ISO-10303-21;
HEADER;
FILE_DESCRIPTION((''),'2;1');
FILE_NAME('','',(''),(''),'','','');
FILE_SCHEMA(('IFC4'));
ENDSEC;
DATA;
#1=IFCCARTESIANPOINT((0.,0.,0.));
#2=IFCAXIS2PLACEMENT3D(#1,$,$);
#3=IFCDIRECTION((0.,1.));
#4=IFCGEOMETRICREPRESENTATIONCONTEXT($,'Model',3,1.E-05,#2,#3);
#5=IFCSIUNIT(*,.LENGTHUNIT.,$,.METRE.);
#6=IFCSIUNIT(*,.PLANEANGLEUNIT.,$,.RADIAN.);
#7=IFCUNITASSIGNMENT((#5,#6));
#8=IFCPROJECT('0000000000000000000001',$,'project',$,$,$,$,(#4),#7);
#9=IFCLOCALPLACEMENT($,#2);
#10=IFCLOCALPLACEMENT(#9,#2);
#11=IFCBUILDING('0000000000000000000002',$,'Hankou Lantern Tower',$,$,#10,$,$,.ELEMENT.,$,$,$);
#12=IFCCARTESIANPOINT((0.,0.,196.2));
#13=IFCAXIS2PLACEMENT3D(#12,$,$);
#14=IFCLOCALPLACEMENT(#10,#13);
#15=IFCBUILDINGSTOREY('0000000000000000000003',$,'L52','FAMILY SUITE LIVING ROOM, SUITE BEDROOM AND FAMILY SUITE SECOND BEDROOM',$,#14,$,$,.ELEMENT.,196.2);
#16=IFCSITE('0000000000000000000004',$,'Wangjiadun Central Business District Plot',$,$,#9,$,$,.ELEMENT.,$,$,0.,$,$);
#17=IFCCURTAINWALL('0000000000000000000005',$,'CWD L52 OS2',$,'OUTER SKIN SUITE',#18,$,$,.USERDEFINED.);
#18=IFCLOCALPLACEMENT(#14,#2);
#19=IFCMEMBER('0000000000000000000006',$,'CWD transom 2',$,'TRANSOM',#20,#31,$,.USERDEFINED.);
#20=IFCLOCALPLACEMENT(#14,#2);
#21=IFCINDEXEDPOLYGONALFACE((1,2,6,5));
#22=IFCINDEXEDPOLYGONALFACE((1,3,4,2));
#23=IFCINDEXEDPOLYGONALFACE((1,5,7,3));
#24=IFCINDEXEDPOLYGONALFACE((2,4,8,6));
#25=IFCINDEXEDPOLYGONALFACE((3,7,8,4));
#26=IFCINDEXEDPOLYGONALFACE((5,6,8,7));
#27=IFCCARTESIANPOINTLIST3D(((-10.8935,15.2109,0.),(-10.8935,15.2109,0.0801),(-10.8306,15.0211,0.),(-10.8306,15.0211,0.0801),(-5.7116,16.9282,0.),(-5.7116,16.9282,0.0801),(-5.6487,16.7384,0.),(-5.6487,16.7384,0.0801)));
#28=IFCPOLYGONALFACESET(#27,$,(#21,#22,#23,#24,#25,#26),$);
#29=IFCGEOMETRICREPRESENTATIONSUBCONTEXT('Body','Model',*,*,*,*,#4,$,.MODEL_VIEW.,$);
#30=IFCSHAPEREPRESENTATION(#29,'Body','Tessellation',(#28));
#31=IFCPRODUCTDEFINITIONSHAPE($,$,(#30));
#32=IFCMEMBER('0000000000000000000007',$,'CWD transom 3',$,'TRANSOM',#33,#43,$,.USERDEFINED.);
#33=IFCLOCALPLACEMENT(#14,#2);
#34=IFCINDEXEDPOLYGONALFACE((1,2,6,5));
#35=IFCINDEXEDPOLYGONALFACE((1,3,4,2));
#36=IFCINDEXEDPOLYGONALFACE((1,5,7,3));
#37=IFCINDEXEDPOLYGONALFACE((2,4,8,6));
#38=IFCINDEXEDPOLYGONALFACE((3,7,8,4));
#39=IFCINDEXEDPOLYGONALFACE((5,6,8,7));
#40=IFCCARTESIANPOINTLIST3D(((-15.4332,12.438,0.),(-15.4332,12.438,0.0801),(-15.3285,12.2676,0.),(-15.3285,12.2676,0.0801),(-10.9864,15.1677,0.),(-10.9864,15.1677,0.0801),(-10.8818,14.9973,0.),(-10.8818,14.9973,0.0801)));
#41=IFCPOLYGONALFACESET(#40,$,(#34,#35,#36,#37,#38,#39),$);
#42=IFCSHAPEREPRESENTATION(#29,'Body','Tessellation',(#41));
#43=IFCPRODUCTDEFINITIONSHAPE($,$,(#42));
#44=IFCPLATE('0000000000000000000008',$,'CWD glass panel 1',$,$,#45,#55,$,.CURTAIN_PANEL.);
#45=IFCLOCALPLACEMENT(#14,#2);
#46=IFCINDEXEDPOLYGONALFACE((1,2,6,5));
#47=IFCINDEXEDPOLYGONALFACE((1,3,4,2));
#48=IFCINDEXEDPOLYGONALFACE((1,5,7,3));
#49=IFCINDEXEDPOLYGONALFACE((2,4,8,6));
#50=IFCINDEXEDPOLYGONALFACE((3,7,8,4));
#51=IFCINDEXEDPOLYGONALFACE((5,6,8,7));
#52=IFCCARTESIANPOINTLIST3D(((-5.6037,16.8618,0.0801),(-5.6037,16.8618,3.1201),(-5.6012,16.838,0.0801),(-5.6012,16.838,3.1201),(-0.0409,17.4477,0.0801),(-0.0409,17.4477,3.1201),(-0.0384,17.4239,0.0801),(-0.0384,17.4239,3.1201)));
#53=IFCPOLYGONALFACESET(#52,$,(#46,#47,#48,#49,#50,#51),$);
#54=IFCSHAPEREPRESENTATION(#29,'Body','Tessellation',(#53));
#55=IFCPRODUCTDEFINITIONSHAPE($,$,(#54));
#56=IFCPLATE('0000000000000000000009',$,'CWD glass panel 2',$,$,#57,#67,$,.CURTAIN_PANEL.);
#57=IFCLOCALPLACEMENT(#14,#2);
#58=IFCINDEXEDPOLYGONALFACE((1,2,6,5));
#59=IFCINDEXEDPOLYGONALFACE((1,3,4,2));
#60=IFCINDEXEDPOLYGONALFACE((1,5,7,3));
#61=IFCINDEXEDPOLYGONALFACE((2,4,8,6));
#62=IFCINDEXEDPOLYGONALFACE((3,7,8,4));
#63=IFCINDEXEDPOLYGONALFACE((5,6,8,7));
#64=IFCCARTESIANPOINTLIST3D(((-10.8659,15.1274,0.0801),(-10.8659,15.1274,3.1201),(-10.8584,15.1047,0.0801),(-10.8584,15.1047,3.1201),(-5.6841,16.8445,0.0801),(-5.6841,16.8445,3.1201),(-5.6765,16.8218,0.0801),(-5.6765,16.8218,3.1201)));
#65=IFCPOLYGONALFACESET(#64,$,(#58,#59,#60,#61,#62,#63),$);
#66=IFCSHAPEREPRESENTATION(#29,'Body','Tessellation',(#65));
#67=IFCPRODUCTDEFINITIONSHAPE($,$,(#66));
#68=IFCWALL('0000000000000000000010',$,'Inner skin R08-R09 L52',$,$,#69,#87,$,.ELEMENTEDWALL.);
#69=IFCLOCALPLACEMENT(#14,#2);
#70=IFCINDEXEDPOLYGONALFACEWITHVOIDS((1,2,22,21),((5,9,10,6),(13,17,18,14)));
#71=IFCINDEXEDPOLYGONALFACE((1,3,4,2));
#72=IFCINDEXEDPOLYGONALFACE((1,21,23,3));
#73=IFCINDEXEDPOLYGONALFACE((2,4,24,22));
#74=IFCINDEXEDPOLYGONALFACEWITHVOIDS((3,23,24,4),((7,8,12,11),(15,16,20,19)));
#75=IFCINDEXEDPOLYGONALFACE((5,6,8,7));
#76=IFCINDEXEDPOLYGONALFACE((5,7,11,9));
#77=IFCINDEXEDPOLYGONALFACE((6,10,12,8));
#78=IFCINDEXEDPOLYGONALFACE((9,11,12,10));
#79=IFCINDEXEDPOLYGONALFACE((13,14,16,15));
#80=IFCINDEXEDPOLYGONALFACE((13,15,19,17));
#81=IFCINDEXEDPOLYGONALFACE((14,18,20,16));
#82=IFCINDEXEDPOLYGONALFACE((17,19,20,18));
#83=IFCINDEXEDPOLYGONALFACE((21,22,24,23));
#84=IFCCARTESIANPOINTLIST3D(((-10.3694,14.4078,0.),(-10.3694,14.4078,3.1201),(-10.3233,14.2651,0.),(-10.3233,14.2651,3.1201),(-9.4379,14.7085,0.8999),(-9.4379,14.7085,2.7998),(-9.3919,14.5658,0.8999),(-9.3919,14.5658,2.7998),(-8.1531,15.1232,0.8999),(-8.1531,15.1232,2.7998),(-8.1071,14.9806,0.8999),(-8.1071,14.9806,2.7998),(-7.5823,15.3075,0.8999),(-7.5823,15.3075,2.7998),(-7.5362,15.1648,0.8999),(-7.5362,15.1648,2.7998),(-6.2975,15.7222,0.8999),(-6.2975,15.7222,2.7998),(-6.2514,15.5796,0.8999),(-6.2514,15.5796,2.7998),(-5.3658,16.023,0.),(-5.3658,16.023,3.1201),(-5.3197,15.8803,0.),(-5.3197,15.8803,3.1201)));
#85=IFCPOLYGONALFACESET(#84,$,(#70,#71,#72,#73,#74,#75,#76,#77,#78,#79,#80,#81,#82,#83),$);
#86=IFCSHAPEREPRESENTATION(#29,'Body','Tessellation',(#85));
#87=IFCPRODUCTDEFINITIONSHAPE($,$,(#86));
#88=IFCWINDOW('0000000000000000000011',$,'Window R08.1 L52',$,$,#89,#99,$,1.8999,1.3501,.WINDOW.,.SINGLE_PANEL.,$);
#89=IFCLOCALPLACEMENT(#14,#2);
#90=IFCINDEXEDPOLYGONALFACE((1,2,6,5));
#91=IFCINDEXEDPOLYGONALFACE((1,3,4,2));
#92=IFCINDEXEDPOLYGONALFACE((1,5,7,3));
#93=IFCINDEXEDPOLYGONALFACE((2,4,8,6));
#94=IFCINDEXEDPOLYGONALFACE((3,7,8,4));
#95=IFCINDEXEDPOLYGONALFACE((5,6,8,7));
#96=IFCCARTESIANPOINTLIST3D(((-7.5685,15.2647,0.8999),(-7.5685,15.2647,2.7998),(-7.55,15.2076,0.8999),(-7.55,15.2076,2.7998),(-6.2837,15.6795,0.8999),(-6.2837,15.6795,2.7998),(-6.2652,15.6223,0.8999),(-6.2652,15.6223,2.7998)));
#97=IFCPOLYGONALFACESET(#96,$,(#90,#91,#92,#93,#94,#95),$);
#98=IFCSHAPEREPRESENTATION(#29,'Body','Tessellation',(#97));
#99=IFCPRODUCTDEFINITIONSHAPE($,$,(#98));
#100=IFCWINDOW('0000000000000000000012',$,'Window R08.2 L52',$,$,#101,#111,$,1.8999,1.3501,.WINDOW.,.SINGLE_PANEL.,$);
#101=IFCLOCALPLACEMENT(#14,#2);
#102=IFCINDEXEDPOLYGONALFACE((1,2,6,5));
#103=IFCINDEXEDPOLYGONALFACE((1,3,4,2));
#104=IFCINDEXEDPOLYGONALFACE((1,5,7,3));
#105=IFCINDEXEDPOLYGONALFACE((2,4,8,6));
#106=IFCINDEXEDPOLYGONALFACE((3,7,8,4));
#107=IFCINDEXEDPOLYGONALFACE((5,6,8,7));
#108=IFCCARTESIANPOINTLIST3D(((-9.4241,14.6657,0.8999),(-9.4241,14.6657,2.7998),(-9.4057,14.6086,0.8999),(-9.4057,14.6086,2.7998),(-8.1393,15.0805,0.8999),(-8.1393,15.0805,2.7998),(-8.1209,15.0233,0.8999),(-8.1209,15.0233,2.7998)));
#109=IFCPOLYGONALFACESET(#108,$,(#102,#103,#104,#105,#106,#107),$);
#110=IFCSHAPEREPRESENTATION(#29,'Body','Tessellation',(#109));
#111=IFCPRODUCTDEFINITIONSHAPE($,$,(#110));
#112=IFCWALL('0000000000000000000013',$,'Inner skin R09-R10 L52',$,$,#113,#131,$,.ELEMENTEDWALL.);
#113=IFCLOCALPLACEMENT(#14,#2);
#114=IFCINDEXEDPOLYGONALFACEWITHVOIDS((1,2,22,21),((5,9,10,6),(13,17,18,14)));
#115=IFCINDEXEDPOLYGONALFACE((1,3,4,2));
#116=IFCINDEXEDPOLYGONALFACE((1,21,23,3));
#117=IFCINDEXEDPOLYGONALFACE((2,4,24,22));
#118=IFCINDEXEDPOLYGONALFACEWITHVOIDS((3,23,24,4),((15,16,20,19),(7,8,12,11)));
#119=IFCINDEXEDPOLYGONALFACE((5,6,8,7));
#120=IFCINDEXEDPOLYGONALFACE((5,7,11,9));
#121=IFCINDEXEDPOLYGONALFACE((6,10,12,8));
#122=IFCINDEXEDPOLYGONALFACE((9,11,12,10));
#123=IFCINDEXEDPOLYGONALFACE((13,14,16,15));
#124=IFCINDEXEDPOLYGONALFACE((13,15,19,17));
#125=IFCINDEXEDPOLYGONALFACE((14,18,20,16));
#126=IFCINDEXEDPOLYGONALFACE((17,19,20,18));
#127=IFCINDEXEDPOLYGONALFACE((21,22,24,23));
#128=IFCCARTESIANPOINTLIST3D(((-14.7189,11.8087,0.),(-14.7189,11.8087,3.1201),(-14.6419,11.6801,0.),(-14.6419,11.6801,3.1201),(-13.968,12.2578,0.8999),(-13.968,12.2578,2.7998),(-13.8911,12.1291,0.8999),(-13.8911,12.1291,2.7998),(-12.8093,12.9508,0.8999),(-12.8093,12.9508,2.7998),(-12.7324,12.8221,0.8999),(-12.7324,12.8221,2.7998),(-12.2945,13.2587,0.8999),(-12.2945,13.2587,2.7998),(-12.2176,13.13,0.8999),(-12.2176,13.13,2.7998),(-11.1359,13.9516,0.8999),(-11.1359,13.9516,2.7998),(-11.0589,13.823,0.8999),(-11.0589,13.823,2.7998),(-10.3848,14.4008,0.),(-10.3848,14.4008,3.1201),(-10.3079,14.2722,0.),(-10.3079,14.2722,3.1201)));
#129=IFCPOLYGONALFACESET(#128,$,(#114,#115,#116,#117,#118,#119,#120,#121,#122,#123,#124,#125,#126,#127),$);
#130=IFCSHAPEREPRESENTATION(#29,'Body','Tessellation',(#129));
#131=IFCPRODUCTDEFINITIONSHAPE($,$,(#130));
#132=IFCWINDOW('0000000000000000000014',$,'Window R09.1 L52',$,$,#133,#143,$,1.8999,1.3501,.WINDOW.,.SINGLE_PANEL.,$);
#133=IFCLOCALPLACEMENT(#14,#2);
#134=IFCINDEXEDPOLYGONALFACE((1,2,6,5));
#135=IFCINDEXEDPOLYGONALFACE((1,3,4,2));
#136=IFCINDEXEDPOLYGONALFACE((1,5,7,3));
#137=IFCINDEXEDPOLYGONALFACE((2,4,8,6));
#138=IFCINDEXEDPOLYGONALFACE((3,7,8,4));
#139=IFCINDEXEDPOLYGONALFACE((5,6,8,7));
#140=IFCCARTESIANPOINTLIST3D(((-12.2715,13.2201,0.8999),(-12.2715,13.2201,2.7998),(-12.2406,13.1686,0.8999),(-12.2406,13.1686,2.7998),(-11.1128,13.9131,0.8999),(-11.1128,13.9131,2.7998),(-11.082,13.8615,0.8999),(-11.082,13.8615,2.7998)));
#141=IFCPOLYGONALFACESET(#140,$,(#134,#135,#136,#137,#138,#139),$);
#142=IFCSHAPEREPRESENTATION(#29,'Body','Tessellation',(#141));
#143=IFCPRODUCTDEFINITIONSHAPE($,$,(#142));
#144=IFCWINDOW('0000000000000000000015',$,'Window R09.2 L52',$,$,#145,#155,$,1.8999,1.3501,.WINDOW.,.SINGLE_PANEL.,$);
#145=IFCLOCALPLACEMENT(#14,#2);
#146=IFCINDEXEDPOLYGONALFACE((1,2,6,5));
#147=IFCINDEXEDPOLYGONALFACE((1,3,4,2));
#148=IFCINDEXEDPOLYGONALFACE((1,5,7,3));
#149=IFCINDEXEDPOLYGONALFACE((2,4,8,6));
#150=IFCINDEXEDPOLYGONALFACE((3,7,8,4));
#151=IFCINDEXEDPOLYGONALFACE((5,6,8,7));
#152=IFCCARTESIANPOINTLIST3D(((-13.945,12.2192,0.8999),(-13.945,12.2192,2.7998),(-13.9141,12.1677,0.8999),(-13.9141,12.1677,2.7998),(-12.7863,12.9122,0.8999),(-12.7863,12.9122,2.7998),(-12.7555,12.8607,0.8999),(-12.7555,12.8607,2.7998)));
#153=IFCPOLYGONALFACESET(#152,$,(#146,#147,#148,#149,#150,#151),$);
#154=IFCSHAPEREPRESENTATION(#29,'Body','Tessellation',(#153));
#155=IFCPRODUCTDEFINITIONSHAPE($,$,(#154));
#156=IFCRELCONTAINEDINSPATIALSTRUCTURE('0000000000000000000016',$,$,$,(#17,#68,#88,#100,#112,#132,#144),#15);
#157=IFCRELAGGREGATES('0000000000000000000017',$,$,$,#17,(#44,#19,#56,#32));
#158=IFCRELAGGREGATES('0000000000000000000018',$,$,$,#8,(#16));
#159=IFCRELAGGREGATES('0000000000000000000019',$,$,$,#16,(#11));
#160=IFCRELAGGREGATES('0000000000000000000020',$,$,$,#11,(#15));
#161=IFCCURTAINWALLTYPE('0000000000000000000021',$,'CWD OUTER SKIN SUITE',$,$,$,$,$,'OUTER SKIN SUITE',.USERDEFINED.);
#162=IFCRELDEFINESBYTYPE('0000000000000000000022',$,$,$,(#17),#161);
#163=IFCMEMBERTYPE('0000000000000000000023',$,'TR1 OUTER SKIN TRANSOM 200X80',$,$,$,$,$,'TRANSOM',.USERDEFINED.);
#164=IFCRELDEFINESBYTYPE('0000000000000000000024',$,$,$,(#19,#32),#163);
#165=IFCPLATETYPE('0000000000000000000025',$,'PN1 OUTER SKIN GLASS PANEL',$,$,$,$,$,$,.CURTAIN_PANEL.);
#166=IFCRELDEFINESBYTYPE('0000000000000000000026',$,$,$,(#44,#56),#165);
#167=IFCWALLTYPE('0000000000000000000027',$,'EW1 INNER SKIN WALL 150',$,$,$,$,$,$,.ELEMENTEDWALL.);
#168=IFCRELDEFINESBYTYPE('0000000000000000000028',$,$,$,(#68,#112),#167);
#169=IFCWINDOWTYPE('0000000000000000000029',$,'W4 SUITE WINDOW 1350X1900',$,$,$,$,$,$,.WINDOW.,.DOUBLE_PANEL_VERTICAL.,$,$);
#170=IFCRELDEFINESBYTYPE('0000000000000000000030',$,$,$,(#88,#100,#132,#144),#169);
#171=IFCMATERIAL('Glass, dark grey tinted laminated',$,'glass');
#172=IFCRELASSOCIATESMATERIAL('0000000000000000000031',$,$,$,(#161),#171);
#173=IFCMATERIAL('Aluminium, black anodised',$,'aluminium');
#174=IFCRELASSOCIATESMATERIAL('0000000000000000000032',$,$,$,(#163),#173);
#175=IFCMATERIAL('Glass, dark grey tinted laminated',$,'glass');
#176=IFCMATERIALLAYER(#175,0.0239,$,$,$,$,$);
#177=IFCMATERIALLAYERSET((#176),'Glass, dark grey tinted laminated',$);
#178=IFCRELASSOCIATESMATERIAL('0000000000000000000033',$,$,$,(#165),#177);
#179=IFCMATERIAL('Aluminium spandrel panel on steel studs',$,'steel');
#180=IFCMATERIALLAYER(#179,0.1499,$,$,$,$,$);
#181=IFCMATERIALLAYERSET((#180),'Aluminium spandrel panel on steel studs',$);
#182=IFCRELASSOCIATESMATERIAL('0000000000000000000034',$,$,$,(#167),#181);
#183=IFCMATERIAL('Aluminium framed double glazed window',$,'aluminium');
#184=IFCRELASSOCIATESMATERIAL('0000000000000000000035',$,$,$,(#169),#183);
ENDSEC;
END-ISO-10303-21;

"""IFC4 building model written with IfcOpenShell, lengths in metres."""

from ifc_helpers import new_model, si_unit, direction, frame, frame_2d, origin, origin_2d, place, context, subcontext, project, spatial, rectangle, extrude, material, layer, layer_set, material_profile, profile_set, type_object, element, fill, aggregate, save


model = new_model("IFC4")

# Units and contexts
model_context = context("Model", 3, precision=1e-05, world=origin(), true_north=direction((0.0, 1.0)))
body_context = subcontext(model_context, "Body", "Model", "MODEL_VIEW")
ifc_project = project(units=[si_unit("LENGTHUNIT", "METRE"), si_unit("PLANEANGLEUNIT", "RADIAN")], contexts=[model_context])

# Site, building, storey
site_placement = place(None, origin())
site = spatial("IfcSite", under=ifc_project, at=site_placement, Name="Wangjiadun Central Business District Plot", CompositionType="ELEMENT", RefElevation=0.0)
building_placement = place(site_placement, origin())
building = spatial("IfcBuilding", under=site, at=building_placement, Name="Hankou Lantern Tower", CompositionType="ELEMENT")
storey_placement = place(building_placement, frame((0.0, 0.0, 196.2)))
storey = spatial("IfcBuildingStorey", under=building, at=storey_placement, Name="L52", Description="FAMILY SUITE LIVING ROOM, SUITE BEDROOM AND FAMILY SUITE SECOND BEDROOM", CompositionType="ELEMENT", Elevation=196.2)

# Curtain wall
ifc_material_1 = material(Name="Glass, dark grey tinted laminated", Category="glass")
curtain_wall_type = type_object("IfcCurtainWallType", Name="CWD OUTER SKIN SUITE", ElementType="OUTER SKIN SUITE", PredefinedType="USERDEFINED", material=ifc_material_1)
curtain_wall_placement = place(storey_placement, origin())
curtain_wall = element("IfcCurtainWall", 1, at=curtain_wall_placement, inside=storey, type_object=curtain_wall_type, Name="CWD L52 OS2", ObjectType="OUTER SKIN SUITE", PredefinedType="USERDEFINED")

# Members
ifc_material_2 = material(Name="Aluminium, black anodised", Category="aluminium")
ifc_material_profile_1 = material_profile(ifc_material_2, rectangle(XDim=0.2, YDim=0.0801, at=origin_2d()), Name="TR1 200X80")
ifc_profile_set_1 = profile_set([ifc_material_profile_1], Name="Aluminium, black anodised")
member_type_1 = type_object("IfcMemberType", Name="TR1 OUTER SKIN TRANSOM 200X80", ElementType="TRANSOM", PredefinedType="USERDEFINED", material=ifc_profile_set_1)
member_1_placement = place(storey_placement, frame((-5.6802, 16.8333, 0.04), z_axis=(-0.949232, -0.314577, 0.0), x_axis=(0.314577, -0.949232, 0.0)))
member_1 = element("IfcMember", 2, at=member_1_placement, type_object=member_type_1, Name="CWD transom 2", ObjectType="TRANSOM", PredefinedType="USERDEFINED", context=body_context, shape_type="SweptSolid", body=[
    extrude(rectangle(XDim=0.2, YDim=0.0801, at=origin_2d()), origin(), (0.0, 0.0, 1.0), 5.459),
])
member_2_placement = place(storey_placement, frame((-10.9341, 15.0825, 0.04), z_axis=(-0.852235, -0.52316, 0.0), x_axis=(0.52316, -0.852235, 0.0)))
member_2 = element("IfcMember", 3, at=member_2_placement, type_object=member_type_1, Name="CWD transom 3", ObjectType="TRANSOM", PredefinedType="USERDEFINED", context=body_context, shape_type="SweptSolid", body=[
    extrude(rectangle(XDim=0.2, YDim=0.0801, at=origin_2d()), origin(), (0.0, 0.0, 1.0), 5.2178),
])

# Plates
ifc_material_3 = material(Name="Glass, dark grey tinted laminated", Category="glass")
ifc_layer_1 = layer(ifc_material_3, 0.0239)
ifc_layer_set_1 = layer_set([ifc_layer_1], Name="Glass, dark grey tinted laminated")
plate_type = type_object("IfcPlateType", Name="PN1 OUTER SKIN GLASS PANEL", PredefinedType="CURTAIN_PANEL", material=ifc_layer_set_1)
plate_1_placement = place(storey_placement, frame((-2.821, 17.1428, 0.0801), z_axis=(0.0, 0.0, 1.0), x_axis=(-0.994499, -0.104743, 0.0)))
plate_1 = element("IfcPlate", 4, at=plate_1_placement, type_object=plate_type, Name="CWD glass panel 1", PredefinedType="CURTAIN_PANEL", context=body_context, shape_type="SweptSolid", body=[
    extrude(rectangle(XDim=5.5935, YDim=0.0239, at=origin_2d()), origin(), (0.0, 0.0, 1.0), 3.04),
])
plate_2_placement = place(storey_placement, frame((-8.2712, 15.9746, 0.0801), z_axis=(0.0, 0.0, 1.0), x_axis=(-0.949241, -0.314551, 0.0)))
plate_2 = element("IfcPlate", 5, at=plate_2_placement, type_object=plate_type, Name="CWD glass panel 2", PredefinedType="CURTAIN_PANEL", context=body_context, shape_type="SweptSolid", body=[
    extrude(rectangle(XDim=5.459, YDim=0.0239, at=origin_2d()), origin(), (0.0, 0.0, 1.0), 3.04),
])
aggregate(curtain_wall, [plate_1, member_1, plate_2, member_2])

# Walls, openings, windows
ifc_material_4 = material(Name="Aluminium spandrel panel on steel studs", Category="steel")
ifc_layer_2 = layer(ifc_material_4, 0.1499)
ifc_layer_set_2 = layer_set([ifc_layer_2], Name="Aluminium spandrel panel on steel studs")
wall_type_1 = type_object("IfcWallType", Name="EW1 INNER SKIN WALL 150", PredefinedType="ELEMENTEDWALL", material=ifc_layer_set_2)
wall_1_placement = place(storey_placement, frame((-5.3428, 15.9517, 0.0), z_axis=(0.0, 0.0, 1.0), x_axis=(-0.951645, -0.307201, 0.0)))
wall_1 = element("IfcWall", 6, at=wall_1_placement, inside=storey, type_object=wall_type_1, Name="Inner skin R08-R09 L52", PredefinedType="ELEMENTEDWALL", context=body_context, shape_type="SweptSolid", body=[
    extrude(rectangle(XDim=5.2578, YDim=0.1499, at=frame_2d((2.6289, 0.0))), origin(), (0.0, 0.0, 1.0), 3.1201),
])
opening_1_placement = place(wall_1_placement, frame((0.979, 0.0, 0.8999)))
opening_1 = element("IfcOpeningElement", 7, at=opening_1_placement, cuts=wall_1, PredefinedType="OPENING", context=body_context, shape_type="SweptSolid", body=[
    extrude(rectangle(XDim=1.3501, YDim=1.8999, at=frame_2d((0.675, 0.95))), frame((0.0, 0.085, 0.0), z_axis=(0.0, -1.0, 0.0), x_axis=(1.0, 0.0, 0.0)), (0.0, 0.0, 1.0), 0.1699),
])
opening_2_placement = place(wall_1_placement, frame((2.929, 0.0, 0.8999)))
opening_2 = element("IfcOpeningElement", 8, at=opening_2_placement, cuts=wall_1, PredefinedType="OPENING", context=body_context, shape_type="SweptSolid", body=[
    extrude(rectangle(XDim=1.3501, YDim=1.8999, at=frame_2d((0.675, 0.95))), frame((0.0, 0.085, 0.0), z_axis=(0.0, -1.0, 0.0), x_axis=(1.0, 0.0, 0.0)), (0.0, 0.0, 1.0), 0.1699),
])
ifc_material_5 = material(Name="Aluminium framed double glazed window", Category="aluminium")
window_type = type_object("IfcWindowType", Name="W4 SUITE WINDOW 1350X1900", PartitioningType="DOUBLE_PANEL_VERTICAL", PredefinedType="WINDOW", material=ifc_material_5)
window_1_placement = place(opening_1_placement, origin())
window_1 = element("IfcWindow", 9, at=window_1_placement, inside=storey, type_object=window_type, Name="Window R08.1 L52", OverallHeight=1.8999, OverallWidth=1.3501, PartitioningType="SINGLE_PANEL", PredefinedType="WINDOW", context=body_context, shape_type="SweptSolid", body=[
    extrude(rectangle(XDim=1.3501, YDim=1.8999, at=frame_2d((0.675, 0.95))), frame((0.0, 0.03, 0.0), z_axis=(0.0, -1.0, 0.0), x_axis=(1.0, 0.0, 0.0)), (0.0, 0.0, 1.0), 0.0601),
])
fill(opening_1, window_1)
window_2_placement = place(opening_2_placement, origin())
window_2 = element("IfcWindow", 10, at=window_2_placement, inside=storey, type_object=window_type, Name="Window R08.2 L52", OverallHeight=1.8999, OverallWidth=1.3501, PartitioningType="SINGLE_PANEL", PredefinedType="WINDOW", context=body_context, shape_type="SweptSolid", body=[
    extrude(rectangle(XDim=1.3501, YDim=1.8999, at=frame_2d((0.675, 0.95))), frame((0.0, 0.03, 0.0), z_axis=(0.0, -1.0, 0.0), x_axis=(1.0, 0.0, 0.0)), (0.0, 0.0, 1.0), 0.0601),
])
fill(opening_2, window_2)
wall_2_placement = place(storey_placement, frame((-10.3464, 14.3364, 0.0), z_axis=(0.0, 0.0, 1.0), x_axis=(-0.858222, -0.51328, 0.0)))
wall_2 = element("IfcWall", 11, at=wall_2_placement, inside=storey, type_object=wall_type_1, Name="Inner skin R09-R10 L52", PredefinedType="ELEMENTEDWALL", context=body_context, shape_type="SweptSolid", body=[
    extrude(rectangle(XDim=5.05, YDim=0.1499, at=frame_2d((2.5249, 0.0))), origin(), (0.0, 0.0, 1.0), 3.1201),
])
opening_3_placement = place(wall_2_placement, frame((0.875, 0.0, 0.8999)))
opening_3 = element("IfcOpeningElement", 12, at=opening_3_placement, cuts=wall_2, PredefinedType="OPENING", context=body_context, shape_type="SweptSolid", body=[
    extrude(rectangle(XDim=1.3501, YDim=1.8999, at=frame_2d((0.675, 0.95))), frame((0.0, 0.085, 0.0), z_axis=(0.0, -1.0, 0.0), x_axis=(1.0, 0.0, 0.0)), (0.0, 0.0, 1.0), 0.1699),
])
opening_4_placement = place(wall_2_placement, frame((2.825, 0.0, 0.8999)))
opening_4 = element("IfcOpeningElement", 13, at=opening_4_placement, cuts=wall_2, PredefinedType="OPENING", context=body_context, shape_type="SweptSolid", body=[
    extrude(rectangle(XDim=1.3501, YDim=1.8999, at=frame_2d((0.675, 0.95))), frame((0.0, 0.085, 0.0), z_axis=(0.0, -1.0, 0.0), x_axis=(1.0, 0.0, 0.0)), (0.0, 0.0, 1.0), 0.1699),
])
window_3_placement = place(opening_3_placement, origin())
window_3 = element("IfcWindow", 14, at=window_3_placement, inside=storey, type_object=window_type, Name="Window R09.1 L52", OverallHeight=1.8999, OverallWidth=1.3501, PartitioningType="SINGLE_PANEL", PredefinedType="WINDOW", context=body_context, shape_type="SweptSolid", body=[
    extrude(rectangle(XDim=1.3501, YDim=1.8999, at=frame_2d((0.675, 0.95))), frame((0.0, 0.03, 0.0), z_axis=(0.0, -1.0, 0.0), x_axis=(1.0, 0.0, 0.0)), (0.0, 0.0, 1.0), 0.0601),
])
fill(opening_3, window_3)
window_4_placement = place(opening_4_placement, origin())
window_4 = element("IfcWindow", 15, at=window_4_placement, inside=storey, type_object=window_type, Name="Window R09.2 L52", OverallHeight=1.8999, OverallWidth=1.3501, PartitioningType="SINGLE_PANEL", PredefinedType="WINDOW", context=body_context, shape_type="SweptSolid", body=[
    extrude(rectangle(XDim=1.3501, YDim=1.8999, at=frame_2d((0.675, 0.95))), frame((0.0, 0.03, 0.0), z_axis=(0.0, -1.0, 0.0), x_axis=(1.0, 0.0, 0.0)), (0.0, 0.0, 1.0), 0.0601),
])
fill(opening_4, window_4)

save(model, "model.ifc")
